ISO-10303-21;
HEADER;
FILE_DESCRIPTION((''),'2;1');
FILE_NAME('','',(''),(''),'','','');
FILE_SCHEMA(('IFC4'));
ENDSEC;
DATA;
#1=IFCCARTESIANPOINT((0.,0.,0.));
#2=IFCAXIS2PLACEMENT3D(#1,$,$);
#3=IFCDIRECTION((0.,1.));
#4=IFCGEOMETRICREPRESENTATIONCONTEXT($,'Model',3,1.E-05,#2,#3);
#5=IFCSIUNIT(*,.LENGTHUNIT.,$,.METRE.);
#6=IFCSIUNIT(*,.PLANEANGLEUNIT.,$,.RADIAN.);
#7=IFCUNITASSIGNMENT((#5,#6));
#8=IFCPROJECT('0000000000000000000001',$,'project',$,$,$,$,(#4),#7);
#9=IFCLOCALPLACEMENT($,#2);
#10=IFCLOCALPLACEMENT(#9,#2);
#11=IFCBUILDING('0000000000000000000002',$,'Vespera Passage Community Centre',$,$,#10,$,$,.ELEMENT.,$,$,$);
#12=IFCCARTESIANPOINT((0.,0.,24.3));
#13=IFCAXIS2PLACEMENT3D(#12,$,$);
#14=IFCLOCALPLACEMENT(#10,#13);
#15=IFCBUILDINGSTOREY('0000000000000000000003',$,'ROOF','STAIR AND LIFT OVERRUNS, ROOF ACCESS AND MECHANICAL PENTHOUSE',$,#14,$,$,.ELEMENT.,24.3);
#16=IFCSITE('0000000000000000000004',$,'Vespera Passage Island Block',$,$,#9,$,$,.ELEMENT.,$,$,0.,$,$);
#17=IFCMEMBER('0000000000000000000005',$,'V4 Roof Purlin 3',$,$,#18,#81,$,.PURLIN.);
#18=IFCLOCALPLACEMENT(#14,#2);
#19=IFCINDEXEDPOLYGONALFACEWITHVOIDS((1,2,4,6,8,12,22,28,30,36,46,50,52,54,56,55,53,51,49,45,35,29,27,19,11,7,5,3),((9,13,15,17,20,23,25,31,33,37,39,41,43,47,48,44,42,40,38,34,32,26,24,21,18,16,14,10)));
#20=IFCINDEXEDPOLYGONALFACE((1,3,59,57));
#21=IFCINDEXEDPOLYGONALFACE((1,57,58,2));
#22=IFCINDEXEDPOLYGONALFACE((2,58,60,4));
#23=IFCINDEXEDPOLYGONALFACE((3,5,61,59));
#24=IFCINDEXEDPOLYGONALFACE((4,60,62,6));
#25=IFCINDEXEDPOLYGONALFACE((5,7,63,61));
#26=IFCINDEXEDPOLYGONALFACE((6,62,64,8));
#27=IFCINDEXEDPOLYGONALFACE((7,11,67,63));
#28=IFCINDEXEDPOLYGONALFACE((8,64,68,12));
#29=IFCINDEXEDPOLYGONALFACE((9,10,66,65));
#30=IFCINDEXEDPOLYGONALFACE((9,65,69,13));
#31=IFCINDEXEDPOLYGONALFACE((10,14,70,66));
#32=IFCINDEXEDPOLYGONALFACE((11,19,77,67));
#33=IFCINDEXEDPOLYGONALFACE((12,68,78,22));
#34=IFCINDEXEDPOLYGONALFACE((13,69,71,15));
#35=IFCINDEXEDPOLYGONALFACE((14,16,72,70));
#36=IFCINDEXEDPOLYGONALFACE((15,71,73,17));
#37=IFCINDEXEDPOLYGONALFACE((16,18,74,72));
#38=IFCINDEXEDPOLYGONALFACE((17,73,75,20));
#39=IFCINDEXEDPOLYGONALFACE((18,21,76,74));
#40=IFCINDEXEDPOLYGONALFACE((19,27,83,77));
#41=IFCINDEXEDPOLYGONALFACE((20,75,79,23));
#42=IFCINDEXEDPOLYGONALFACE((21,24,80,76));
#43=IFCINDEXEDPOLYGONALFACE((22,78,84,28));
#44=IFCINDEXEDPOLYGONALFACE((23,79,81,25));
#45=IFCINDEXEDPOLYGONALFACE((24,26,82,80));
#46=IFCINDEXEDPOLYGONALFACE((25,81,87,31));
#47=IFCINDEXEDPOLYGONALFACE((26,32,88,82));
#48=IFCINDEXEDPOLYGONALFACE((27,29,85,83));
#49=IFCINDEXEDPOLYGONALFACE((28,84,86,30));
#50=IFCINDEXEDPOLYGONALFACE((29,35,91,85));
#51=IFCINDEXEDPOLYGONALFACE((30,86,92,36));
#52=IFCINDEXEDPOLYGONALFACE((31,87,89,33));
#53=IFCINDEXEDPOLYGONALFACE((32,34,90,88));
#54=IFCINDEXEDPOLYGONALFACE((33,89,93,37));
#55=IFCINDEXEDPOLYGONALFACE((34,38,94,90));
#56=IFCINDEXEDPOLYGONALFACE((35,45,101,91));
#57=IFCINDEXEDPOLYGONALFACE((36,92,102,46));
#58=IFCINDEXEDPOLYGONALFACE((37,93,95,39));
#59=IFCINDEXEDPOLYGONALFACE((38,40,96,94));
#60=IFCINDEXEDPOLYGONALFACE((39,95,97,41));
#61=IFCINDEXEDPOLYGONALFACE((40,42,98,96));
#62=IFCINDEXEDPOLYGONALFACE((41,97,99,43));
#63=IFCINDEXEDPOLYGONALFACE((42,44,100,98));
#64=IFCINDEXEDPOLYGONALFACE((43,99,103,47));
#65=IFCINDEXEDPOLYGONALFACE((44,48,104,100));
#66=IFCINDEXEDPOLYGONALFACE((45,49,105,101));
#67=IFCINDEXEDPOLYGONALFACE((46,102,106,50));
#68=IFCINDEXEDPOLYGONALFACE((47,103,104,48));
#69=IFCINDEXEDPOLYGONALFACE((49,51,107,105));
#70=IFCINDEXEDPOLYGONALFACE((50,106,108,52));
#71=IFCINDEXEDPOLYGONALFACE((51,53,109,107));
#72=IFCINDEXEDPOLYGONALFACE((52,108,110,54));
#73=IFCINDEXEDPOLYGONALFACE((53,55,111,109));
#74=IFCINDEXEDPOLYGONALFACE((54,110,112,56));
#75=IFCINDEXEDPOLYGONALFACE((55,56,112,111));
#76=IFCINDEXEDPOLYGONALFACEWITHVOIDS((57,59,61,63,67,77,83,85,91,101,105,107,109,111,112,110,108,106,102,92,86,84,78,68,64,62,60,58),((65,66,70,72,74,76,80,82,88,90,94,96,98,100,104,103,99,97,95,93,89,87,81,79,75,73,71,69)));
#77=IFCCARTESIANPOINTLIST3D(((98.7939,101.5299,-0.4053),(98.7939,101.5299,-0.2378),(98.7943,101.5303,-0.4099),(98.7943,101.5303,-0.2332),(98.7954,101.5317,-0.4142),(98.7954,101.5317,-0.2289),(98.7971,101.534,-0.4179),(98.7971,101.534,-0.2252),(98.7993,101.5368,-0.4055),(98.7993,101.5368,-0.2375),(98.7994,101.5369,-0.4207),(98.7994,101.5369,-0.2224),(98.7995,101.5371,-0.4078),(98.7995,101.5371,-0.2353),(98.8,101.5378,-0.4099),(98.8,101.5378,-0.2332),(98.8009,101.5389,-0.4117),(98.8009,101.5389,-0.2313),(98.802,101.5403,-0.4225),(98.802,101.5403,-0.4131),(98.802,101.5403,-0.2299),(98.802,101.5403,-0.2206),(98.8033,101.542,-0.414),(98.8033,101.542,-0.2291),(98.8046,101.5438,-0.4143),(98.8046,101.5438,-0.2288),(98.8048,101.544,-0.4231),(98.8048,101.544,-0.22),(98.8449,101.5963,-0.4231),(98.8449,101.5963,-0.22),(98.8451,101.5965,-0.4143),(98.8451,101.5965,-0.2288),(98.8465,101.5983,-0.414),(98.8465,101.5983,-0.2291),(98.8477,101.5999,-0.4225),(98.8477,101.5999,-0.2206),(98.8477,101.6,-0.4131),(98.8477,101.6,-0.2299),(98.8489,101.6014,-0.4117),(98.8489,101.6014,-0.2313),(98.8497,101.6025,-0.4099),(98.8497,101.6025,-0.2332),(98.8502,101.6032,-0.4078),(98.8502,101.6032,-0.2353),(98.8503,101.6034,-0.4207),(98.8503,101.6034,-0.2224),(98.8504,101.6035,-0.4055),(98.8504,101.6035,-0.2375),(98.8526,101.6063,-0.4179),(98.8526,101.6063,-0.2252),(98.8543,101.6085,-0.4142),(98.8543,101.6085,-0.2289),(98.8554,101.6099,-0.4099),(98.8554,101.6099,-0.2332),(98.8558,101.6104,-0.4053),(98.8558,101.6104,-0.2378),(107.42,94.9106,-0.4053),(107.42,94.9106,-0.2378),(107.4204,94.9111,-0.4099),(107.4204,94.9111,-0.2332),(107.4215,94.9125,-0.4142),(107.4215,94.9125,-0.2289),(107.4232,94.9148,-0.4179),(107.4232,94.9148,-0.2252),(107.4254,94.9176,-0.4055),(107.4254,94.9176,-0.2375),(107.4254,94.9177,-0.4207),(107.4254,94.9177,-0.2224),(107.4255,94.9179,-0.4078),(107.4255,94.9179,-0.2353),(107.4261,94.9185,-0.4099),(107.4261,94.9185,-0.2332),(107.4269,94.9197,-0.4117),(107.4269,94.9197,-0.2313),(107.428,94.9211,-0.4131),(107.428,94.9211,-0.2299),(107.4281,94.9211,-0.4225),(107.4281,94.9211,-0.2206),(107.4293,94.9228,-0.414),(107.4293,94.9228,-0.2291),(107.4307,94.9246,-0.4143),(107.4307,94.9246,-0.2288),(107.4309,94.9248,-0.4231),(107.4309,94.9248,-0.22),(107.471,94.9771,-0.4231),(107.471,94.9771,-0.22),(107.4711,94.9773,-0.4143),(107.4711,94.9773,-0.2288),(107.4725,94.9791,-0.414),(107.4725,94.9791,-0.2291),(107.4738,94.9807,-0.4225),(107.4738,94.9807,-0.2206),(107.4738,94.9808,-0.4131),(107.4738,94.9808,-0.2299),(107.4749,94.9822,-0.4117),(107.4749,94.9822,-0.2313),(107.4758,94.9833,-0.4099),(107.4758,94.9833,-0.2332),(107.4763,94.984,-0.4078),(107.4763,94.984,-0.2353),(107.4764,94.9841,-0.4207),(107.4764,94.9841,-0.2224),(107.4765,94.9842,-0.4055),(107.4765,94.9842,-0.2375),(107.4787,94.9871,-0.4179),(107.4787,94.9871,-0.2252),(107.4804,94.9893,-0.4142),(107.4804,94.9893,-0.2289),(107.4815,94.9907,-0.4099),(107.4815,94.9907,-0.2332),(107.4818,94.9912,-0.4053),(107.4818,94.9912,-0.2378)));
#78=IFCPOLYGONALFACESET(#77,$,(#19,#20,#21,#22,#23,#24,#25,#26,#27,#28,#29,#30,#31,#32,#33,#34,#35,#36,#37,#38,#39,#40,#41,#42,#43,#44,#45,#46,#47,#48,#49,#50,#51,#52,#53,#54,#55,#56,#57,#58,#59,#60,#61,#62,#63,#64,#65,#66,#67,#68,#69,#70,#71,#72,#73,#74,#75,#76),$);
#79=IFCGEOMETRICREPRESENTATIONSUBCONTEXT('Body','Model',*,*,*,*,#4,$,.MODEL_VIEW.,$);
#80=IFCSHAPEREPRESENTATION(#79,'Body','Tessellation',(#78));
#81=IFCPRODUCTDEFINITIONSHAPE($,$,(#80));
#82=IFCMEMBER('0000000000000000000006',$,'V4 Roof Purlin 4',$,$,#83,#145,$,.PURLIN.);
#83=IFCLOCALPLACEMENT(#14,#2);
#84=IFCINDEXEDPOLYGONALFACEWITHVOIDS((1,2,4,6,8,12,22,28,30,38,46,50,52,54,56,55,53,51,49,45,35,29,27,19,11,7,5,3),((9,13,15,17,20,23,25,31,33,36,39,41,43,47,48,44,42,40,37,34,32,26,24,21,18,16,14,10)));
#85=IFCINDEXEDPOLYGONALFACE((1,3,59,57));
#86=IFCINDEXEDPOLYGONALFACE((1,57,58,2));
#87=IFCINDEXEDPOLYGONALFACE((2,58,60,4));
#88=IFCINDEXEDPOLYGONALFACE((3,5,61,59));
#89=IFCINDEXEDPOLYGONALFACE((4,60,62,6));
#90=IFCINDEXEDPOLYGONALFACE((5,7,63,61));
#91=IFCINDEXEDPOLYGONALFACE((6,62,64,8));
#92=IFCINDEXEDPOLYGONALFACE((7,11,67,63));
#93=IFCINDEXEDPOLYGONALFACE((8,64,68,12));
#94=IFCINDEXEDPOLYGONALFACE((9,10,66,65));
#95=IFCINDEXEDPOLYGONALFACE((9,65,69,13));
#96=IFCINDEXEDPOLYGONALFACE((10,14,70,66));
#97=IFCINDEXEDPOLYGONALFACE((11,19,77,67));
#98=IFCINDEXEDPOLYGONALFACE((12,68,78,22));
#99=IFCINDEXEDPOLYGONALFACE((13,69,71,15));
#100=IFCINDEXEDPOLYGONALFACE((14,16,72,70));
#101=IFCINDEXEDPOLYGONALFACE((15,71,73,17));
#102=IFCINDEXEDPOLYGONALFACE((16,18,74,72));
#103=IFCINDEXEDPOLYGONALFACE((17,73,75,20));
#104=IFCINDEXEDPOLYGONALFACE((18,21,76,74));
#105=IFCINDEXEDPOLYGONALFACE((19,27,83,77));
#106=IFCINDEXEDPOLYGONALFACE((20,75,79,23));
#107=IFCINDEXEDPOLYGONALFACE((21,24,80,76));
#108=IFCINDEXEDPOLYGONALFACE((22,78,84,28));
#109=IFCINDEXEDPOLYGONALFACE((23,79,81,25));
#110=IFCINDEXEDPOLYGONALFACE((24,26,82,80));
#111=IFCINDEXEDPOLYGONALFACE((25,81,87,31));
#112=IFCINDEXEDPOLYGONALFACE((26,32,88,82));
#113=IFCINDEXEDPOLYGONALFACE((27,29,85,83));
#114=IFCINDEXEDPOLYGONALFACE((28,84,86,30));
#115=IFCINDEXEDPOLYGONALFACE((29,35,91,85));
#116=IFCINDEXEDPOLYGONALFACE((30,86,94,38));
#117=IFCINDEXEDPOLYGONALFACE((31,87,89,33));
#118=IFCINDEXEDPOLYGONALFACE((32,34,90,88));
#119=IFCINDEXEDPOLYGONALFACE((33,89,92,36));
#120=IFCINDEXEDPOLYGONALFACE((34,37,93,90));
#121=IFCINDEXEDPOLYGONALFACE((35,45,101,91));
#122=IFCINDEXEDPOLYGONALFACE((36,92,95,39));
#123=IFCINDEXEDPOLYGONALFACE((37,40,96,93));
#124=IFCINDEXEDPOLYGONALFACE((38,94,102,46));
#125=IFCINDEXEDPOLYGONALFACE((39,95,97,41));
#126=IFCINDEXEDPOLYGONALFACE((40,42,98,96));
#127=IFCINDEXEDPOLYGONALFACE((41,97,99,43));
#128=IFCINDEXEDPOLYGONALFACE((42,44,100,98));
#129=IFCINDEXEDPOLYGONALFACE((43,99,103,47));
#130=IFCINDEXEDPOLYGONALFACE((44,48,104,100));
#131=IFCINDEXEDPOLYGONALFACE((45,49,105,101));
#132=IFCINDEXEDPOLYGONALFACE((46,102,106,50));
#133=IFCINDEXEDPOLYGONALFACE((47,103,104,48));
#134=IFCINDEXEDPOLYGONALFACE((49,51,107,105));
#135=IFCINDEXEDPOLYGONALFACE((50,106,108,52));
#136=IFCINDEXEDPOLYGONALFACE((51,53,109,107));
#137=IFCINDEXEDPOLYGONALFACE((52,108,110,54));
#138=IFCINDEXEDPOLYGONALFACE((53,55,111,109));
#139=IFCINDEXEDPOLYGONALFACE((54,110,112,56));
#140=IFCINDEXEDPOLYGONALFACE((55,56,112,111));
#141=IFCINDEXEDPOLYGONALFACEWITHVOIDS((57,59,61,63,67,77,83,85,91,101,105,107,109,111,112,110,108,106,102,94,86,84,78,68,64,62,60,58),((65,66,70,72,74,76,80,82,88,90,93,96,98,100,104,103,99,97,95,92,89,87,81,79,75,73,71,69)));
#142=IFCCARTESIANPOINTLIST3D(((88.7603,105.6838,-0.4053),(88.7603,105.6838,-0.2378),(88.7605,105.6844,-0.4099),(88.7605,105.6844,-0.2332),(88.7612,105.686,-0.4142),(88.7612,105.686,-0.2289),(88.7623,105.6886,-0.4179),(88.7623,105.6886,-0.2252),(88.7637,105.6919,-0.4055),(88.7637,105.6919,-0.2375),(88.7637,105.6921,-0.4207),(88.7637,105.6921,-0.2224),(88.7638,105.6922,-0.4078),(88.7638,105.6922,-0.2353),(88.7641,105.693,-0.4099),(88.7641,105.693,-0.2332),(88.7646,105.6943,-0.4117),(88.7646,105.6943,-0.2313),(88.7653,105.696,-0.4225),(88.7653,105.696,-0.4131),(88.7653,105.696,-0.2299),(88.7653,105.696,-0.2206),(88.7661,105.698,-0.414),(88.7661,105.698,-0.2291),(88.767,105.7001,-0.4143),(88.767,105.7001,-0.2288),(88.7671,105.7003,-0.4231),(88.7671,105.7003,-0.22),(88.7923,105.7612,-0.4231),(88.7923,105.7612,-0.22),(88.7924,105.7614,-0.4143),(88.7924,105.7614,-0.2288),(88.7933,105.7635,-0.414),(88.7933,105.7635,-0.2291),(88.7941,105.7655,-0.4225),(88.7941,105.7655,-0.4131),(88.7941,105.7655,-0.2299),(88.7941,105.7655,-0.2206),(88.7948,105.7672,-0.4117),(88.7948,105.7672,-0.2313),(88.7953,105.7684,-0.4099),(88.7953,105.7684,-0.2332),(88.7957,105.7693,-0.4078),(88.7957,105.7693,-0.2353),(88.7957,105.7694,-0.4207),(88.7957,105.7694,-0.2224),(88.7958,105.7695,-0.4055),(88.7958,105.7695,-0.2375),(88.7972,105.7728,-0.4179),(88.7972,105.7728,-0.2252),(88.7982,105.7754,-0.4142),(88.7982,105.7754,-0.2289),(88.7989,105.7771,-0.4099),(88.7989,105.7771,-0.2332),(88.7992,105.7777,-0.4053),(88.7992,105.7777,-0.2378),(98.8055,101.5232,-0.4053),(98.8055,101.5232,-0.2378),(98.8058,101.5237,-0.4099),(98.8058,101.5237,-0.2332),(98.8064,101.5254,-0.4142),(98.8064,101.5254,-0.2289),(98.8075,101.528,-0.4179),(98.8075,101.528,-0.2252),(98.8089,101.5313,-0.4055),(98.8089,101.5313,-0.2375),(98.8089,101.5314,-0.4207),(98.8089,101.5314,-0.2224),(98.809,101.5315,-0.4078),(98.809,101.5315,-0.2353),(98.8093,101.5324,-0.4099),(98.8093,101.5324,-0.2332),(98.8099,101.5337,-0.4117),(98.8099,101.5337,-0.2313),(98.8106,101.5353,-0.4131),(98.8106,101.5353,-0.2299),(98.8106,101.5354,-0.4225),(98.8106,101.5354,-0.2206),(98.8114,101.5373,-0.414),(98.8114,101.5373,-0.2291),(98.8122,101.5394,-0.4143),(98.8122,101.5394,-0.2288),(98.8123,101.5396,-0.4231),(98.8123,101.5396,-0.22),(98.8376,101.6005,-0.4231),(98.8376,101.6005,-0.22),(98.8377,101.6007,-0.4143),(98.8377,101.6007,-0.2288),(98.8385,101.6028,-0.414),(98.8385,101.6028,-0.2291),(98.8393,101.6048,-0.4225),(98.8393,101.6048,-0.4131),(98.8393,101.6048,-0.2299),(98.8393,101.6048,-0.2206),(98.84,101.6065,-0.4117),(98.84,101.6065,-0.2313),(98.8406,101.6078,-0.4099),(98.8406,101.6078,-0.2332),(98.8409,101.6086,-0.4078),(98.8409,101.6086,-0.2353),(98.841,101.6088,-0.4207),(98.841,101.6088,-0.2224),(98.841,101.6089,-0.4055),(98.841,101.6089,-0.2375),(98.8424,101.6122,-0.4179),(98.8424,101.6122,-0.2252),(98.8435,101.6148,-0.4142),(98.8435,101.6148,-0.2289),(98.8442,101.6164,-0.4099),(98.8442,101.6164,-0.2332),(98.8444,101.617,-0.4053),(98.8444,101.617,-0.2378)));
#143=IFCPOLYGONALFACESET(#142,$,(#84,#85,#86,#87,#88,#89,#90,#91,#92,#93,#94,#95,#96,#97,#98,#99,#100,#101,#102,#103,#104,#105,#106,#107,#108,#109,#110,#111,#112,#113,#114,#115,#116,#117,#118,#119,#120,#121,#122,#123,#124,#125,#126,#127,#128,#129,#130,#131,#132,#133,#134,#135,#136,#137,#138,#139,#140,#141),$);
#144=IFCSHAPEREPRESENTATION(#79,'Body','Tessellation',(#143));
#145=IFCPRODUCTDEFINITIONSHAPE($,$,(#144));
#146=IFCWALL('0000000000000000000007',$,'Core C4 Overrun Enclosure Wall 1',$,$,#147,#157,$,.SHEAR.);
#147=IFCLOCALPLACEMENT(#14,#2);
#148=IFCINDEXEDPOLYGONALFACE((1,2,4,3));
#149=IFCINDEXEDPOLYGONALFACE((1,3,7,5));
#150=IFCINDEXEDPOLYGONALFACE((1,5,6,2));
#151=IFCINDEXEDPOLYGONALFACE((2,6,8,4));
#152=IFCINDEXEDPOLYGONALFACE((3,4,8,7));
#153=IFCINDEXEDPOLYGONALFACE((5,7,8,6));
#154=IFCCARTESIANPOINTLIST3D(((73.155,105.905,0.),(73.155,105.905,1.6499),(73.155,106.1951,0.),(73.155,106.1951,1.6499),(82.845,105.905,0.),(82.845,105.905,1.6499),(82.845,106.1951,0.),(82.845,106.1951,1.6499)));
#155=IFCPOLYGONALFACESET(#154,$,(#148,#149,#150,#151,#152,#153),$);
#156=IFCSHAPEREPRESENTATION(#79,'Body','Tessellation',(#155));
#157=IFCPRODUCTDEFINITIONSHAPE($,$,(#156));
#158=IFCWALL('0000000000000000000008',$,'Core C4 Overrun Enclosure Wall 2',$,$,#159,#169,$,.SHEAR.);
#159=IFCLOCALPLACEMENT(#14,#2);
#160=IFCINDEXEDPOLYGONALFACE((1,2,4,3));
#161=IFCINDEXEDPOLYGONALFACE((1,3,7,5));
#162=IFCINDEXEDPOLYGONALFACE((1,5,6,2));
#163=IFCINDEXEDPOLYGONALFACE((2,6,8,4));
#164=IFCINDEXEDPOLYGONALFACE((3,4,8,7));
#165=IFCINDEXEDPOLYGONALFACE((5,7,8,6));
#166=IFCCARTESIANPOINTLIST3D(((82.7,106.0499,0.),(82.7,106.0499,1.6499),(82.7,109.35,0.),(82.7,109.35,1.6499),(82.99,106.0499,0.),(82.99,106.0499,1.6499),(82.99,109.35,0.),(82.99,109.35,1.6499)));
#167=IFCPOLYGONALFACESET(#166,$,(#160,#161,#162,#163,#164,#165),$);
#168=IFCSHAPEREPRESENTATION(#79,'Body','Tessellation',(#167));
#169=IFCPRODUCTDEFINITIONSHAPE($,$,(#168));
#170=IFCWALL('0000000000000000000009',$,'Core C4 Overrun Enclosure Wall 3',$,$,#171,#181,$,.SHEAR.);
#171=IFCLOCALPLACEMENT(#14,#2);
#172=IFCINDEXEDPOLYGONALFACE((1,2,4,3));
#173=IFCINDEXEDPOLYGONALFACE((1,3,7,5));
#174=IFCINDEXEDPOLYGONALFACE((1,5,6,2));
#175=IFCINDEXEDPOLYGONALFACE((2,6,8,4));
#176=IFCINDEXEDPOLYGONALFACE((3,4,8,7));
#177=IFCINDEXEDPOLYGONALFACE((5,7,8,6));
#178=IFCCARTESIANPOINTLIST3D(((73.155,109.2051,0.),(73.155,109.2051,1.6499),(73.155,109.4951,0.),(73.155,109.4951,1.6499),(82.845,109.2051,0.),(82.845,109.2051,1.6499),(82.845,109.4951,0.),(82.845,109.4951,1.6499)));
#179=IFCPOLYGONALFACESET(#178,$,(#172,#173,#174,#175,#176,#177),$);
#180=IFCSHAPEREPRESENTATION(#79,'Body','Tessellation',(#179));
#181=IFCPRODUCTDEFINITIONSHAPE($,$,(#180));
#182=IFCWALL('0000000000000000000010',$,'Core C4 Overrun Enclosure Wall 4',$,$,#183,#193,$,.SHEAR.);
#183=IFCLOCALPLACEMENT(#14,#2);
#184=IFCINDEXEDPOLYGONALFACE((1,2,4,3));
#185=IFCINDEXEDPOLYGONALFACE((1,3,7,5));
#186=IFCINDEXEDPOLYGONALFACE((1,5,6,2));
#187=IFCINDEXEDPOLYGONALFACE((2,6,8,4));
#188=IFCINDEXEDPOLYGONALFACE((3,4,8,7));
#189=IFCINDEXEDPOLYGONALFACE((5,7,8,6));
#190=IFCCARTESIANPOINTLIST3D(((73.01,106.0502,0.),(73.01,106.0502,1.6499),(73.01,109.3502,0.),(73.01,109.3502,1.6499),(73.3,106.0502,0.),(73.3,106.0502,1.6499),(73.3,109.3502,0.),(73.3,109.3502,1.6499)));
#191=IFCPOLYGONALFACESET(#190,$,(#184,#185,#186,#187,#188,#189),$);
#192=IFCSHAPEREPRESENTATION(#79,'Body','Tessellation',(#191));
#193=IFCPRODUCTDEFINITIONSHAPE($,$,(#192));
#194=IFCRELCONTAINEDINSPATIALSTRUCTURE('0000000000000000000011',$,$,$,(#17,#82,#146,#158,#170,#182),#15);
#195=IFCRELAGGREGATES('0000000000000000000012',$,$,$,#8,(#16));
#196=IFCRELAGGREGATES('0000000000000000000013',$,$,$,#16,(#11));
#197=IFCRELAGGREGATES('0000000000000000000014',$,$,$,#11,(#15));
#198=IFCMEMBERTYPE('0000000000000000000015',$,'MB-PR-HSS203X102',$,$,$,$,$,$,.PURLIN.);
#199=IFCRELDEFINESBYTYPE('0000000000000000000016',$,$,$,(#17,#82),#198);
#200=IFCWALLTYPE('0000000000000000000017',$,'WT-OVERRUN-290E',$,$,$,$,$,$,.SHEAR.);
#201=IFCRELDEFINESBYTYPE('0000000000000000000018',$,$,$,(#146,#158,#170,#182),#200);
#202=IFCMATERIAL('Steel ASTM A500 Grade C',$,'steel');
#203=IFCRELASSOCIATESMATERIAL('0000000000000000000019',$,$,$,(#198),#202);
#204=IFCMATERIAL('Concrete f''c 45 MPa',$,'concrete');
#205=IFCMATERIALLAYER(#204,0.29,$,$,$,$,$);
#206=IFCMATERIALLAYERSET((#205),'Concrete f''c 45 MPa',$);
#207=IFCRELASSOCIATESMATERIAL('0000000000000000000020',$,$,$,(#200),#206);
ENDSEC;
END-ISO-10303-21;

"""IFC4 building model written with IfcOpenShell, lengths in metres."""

from ifc_helpers import new_model, si_unit, direction, frame, frame_2d, origin, origin_2d, place, context, subcontext, project, spatial, rectangle, hollow_rectangle, extrude, material, layer, layer_set, material_profile, profile_set, type_object, element, save


model = new_model("IFC4")

# Units and contexts
model_context = context("Model", 3, precision=1e-05, world=origin(), true_north=direction((0.0, 1.0)))
body_context = subcontext(model_context, "Body", "Model", "MODEL_VIEW")
ifc_project = project(units=[si_unit("LENGTHUNIT", "METRE"), si_unit("PLANEANGLEUNIT", "RADIAN")], contexts=[model_context])

# Site, building, storey
site_placement = place(None, origin())
site = spatial("IfcSite", under=ifc_project, at=site_placement, Name="Vespera Passage Island Block", CompositionType="ELEMENT", RefElevation=0.0)
building_placement = place(site_placement, origin())
building = spatial("IfcBuilding", under=site, at=building_placement, Name="Vespera Passage Community Centre", CompositionType="ELEMENT")
storey_placement = place(building_placement, frame((0.0, 0.0, 24.3)))
storey = spatial("IfcBuildingStorey", under=building, at=storey_placement, Name="ROOF", Description="STAIR AND LIFT OVERRUNS, ROOF ACCESS AND MECHANICAL PENTHOUSE", CompositionType="ELEMENT", Elevation=24.3)

# Members
ifc_material_1 = material(Name="Steel ASTM A500 Grade C", Category="steel")
ifc_material_profile_1 = material_profile(ifc_material_1, hollow_rectangle(XDim=0.1016, YDim=0.2031, WallThickness=0.0088, InnerFilletRadius=0.0088, OuterFilletRadius=0.0178, at=origin_2d()), Name="HSS203X102X9.5")
ifc_profile_set_1 = profile_set([ifc_material_profile_1], Name="Steel ASTM A500 Grade C")
member_type = type_object("IfcMemberType", Name="MB-PR-HSS203X102", PredefinedType="PURLIN", material=ifc_profile_set_1)
member_1_placement = place(storey_placement, frame((107.4509, 94.9509, -0.3215), z_axis=(-0.793345, 0.608773, 0.0), x_axis=(-0.608773, -0.793345, 0.0)))
element("IfcMember", 1, at=member_1_placement, inside=storey, type_object=member_type, Name="V4 Roof Purlin 3", PredefinedType="PURLIN", context=body_context, shape_type="SweptSolid", body=[
    extrude(hollow_rectangle(XDim=0.1016, YDim=0.2031, WallThickness=0.0088, InnerFilletRadius=0.0088, OuterFilletRadius=0.0178, at=origin_2d()), origin(), (0.0, 0.0, 1.0), 10.873),
])
member_2_placement = place(storey_placement, frame((98.825, 101.5701, -0.3215), z_axis=(-0.923886, 0.382668, 0.0), x_axis=(-0.382668, -0.923886, 0.0)))
element("IfcMember", 2, at=member_2_placement, inside=storey, type_object=member_type, Name="V4 Roof Purlin 4", PredefinedType="PURLIN", context=body_context, shape_type="SweptSolid", body=[
    extrude(hollow_rectangle(XDim=0.1016, YDim=0.2031, WallThickness=0.0088, InnerFilletRadius=0.0088, OuterFilletRadius=0.0178, at=origin_2d()), origin(), (0.0, 0.0, 1.0), 10.8728),
])

# Walls
ifc_material_2 = material(Name="Concrete f'c 45 MPa", Category="concrete")
ifc_layer_1 = layer(ifc_material_2, 0.29)
ifc_layer_set_1 = layer_set([ifc_layer_1], Name="Concrete f'c 45 MPa")
wall_type_1 = type_object("IfcWallType", Name="WT-OVERRUN-290E", PredefinedType="SHEAR", material=ifc_layer_set_1)
wall_1_placement = place(storey_placement, frame((73.155, 106.05, 0.0), z_axis=(0.0, 0.0, 1.0), x_axis=(1.0, 0.0, 0.0)))
element("IfcWall", 3, at=wall_1_placement, inside=storey, type_object=wall_type_1, Name="Core C4 Overrun Enclosure Wall 1", PredefinedType="SHEAR", context=body_context, shape_type="SweptSolid", body=[
    extrude(rectangle(XDim=9.6899, YDim=0.29, at=frame_2d((4.845, 0.0))), origin(), (0.0, 0.0, 1.0), 1.6499),
])
wall_2_placement = place(storey_placement, frame((82.845, 106.05, 0.0), z_axis=(0.0, 0.0, 1.0), x_axis=(0.0, 1.0, 0.0)))
element("IfcWall", 4, at=wall_2_placement, inside=storey, type_object=wall_type_1, Name="Core C4 Overrun Enclosure Wall 2", PredefinedType="SHEAR", context=body_context, shape_type="SweptSolid", body=[
    extrude(rectangle(XDim=3.3, YDim=0.29, at=frame_2d((1.6499, 0.0))), origin(), (0.0, 0.0, 1.0), 1.6499),
])
wall_3_placement = place(storey_placement, frame((82.845, 109.3501, 0.0), z_axis=(0.0, 0.0, 1.0), x_axis=(-1.0, 0.0, 0.0)))
element("IfcWall", 5, at=wall_3_placement, inside=storey, type_object=wall_type_1, Name="Core C4 Overrun Enclosure Wall 3", PredefinedType="SHEAR", context=body_context, shape_type="SweptSolid", body=[
    extrude(rectangle(XDim=9.6899, YDim=0.29, at=frame_2d((4.845, 0.0))), origin(), (0.0, 0.0, 1.0), 1.6499),
])
wall_4_placement = place(storey_placement, frame((73.155, 109.3501, 0.0), z_axis=(0.0, 0.0, 1.0), x_axis=(0.0, -1.0, 0.0)))
element("IfcWall", 6, at=wall_4_placement, inside=storey, type_object=wall_type_1, Name="Core C4 Overrun Enclosure Wall 4", PredefinedType="SHEAR", context=body_context, shape_type="SweptSolid", body=[
    extrude(rectangle(XDim=3.3, YDim=0.29, at=frame_2d((1.6499, 0.0))), origin(), (0.0, 0.0, 1.0), 1.6499),
])

save(model, "model.ifc")
